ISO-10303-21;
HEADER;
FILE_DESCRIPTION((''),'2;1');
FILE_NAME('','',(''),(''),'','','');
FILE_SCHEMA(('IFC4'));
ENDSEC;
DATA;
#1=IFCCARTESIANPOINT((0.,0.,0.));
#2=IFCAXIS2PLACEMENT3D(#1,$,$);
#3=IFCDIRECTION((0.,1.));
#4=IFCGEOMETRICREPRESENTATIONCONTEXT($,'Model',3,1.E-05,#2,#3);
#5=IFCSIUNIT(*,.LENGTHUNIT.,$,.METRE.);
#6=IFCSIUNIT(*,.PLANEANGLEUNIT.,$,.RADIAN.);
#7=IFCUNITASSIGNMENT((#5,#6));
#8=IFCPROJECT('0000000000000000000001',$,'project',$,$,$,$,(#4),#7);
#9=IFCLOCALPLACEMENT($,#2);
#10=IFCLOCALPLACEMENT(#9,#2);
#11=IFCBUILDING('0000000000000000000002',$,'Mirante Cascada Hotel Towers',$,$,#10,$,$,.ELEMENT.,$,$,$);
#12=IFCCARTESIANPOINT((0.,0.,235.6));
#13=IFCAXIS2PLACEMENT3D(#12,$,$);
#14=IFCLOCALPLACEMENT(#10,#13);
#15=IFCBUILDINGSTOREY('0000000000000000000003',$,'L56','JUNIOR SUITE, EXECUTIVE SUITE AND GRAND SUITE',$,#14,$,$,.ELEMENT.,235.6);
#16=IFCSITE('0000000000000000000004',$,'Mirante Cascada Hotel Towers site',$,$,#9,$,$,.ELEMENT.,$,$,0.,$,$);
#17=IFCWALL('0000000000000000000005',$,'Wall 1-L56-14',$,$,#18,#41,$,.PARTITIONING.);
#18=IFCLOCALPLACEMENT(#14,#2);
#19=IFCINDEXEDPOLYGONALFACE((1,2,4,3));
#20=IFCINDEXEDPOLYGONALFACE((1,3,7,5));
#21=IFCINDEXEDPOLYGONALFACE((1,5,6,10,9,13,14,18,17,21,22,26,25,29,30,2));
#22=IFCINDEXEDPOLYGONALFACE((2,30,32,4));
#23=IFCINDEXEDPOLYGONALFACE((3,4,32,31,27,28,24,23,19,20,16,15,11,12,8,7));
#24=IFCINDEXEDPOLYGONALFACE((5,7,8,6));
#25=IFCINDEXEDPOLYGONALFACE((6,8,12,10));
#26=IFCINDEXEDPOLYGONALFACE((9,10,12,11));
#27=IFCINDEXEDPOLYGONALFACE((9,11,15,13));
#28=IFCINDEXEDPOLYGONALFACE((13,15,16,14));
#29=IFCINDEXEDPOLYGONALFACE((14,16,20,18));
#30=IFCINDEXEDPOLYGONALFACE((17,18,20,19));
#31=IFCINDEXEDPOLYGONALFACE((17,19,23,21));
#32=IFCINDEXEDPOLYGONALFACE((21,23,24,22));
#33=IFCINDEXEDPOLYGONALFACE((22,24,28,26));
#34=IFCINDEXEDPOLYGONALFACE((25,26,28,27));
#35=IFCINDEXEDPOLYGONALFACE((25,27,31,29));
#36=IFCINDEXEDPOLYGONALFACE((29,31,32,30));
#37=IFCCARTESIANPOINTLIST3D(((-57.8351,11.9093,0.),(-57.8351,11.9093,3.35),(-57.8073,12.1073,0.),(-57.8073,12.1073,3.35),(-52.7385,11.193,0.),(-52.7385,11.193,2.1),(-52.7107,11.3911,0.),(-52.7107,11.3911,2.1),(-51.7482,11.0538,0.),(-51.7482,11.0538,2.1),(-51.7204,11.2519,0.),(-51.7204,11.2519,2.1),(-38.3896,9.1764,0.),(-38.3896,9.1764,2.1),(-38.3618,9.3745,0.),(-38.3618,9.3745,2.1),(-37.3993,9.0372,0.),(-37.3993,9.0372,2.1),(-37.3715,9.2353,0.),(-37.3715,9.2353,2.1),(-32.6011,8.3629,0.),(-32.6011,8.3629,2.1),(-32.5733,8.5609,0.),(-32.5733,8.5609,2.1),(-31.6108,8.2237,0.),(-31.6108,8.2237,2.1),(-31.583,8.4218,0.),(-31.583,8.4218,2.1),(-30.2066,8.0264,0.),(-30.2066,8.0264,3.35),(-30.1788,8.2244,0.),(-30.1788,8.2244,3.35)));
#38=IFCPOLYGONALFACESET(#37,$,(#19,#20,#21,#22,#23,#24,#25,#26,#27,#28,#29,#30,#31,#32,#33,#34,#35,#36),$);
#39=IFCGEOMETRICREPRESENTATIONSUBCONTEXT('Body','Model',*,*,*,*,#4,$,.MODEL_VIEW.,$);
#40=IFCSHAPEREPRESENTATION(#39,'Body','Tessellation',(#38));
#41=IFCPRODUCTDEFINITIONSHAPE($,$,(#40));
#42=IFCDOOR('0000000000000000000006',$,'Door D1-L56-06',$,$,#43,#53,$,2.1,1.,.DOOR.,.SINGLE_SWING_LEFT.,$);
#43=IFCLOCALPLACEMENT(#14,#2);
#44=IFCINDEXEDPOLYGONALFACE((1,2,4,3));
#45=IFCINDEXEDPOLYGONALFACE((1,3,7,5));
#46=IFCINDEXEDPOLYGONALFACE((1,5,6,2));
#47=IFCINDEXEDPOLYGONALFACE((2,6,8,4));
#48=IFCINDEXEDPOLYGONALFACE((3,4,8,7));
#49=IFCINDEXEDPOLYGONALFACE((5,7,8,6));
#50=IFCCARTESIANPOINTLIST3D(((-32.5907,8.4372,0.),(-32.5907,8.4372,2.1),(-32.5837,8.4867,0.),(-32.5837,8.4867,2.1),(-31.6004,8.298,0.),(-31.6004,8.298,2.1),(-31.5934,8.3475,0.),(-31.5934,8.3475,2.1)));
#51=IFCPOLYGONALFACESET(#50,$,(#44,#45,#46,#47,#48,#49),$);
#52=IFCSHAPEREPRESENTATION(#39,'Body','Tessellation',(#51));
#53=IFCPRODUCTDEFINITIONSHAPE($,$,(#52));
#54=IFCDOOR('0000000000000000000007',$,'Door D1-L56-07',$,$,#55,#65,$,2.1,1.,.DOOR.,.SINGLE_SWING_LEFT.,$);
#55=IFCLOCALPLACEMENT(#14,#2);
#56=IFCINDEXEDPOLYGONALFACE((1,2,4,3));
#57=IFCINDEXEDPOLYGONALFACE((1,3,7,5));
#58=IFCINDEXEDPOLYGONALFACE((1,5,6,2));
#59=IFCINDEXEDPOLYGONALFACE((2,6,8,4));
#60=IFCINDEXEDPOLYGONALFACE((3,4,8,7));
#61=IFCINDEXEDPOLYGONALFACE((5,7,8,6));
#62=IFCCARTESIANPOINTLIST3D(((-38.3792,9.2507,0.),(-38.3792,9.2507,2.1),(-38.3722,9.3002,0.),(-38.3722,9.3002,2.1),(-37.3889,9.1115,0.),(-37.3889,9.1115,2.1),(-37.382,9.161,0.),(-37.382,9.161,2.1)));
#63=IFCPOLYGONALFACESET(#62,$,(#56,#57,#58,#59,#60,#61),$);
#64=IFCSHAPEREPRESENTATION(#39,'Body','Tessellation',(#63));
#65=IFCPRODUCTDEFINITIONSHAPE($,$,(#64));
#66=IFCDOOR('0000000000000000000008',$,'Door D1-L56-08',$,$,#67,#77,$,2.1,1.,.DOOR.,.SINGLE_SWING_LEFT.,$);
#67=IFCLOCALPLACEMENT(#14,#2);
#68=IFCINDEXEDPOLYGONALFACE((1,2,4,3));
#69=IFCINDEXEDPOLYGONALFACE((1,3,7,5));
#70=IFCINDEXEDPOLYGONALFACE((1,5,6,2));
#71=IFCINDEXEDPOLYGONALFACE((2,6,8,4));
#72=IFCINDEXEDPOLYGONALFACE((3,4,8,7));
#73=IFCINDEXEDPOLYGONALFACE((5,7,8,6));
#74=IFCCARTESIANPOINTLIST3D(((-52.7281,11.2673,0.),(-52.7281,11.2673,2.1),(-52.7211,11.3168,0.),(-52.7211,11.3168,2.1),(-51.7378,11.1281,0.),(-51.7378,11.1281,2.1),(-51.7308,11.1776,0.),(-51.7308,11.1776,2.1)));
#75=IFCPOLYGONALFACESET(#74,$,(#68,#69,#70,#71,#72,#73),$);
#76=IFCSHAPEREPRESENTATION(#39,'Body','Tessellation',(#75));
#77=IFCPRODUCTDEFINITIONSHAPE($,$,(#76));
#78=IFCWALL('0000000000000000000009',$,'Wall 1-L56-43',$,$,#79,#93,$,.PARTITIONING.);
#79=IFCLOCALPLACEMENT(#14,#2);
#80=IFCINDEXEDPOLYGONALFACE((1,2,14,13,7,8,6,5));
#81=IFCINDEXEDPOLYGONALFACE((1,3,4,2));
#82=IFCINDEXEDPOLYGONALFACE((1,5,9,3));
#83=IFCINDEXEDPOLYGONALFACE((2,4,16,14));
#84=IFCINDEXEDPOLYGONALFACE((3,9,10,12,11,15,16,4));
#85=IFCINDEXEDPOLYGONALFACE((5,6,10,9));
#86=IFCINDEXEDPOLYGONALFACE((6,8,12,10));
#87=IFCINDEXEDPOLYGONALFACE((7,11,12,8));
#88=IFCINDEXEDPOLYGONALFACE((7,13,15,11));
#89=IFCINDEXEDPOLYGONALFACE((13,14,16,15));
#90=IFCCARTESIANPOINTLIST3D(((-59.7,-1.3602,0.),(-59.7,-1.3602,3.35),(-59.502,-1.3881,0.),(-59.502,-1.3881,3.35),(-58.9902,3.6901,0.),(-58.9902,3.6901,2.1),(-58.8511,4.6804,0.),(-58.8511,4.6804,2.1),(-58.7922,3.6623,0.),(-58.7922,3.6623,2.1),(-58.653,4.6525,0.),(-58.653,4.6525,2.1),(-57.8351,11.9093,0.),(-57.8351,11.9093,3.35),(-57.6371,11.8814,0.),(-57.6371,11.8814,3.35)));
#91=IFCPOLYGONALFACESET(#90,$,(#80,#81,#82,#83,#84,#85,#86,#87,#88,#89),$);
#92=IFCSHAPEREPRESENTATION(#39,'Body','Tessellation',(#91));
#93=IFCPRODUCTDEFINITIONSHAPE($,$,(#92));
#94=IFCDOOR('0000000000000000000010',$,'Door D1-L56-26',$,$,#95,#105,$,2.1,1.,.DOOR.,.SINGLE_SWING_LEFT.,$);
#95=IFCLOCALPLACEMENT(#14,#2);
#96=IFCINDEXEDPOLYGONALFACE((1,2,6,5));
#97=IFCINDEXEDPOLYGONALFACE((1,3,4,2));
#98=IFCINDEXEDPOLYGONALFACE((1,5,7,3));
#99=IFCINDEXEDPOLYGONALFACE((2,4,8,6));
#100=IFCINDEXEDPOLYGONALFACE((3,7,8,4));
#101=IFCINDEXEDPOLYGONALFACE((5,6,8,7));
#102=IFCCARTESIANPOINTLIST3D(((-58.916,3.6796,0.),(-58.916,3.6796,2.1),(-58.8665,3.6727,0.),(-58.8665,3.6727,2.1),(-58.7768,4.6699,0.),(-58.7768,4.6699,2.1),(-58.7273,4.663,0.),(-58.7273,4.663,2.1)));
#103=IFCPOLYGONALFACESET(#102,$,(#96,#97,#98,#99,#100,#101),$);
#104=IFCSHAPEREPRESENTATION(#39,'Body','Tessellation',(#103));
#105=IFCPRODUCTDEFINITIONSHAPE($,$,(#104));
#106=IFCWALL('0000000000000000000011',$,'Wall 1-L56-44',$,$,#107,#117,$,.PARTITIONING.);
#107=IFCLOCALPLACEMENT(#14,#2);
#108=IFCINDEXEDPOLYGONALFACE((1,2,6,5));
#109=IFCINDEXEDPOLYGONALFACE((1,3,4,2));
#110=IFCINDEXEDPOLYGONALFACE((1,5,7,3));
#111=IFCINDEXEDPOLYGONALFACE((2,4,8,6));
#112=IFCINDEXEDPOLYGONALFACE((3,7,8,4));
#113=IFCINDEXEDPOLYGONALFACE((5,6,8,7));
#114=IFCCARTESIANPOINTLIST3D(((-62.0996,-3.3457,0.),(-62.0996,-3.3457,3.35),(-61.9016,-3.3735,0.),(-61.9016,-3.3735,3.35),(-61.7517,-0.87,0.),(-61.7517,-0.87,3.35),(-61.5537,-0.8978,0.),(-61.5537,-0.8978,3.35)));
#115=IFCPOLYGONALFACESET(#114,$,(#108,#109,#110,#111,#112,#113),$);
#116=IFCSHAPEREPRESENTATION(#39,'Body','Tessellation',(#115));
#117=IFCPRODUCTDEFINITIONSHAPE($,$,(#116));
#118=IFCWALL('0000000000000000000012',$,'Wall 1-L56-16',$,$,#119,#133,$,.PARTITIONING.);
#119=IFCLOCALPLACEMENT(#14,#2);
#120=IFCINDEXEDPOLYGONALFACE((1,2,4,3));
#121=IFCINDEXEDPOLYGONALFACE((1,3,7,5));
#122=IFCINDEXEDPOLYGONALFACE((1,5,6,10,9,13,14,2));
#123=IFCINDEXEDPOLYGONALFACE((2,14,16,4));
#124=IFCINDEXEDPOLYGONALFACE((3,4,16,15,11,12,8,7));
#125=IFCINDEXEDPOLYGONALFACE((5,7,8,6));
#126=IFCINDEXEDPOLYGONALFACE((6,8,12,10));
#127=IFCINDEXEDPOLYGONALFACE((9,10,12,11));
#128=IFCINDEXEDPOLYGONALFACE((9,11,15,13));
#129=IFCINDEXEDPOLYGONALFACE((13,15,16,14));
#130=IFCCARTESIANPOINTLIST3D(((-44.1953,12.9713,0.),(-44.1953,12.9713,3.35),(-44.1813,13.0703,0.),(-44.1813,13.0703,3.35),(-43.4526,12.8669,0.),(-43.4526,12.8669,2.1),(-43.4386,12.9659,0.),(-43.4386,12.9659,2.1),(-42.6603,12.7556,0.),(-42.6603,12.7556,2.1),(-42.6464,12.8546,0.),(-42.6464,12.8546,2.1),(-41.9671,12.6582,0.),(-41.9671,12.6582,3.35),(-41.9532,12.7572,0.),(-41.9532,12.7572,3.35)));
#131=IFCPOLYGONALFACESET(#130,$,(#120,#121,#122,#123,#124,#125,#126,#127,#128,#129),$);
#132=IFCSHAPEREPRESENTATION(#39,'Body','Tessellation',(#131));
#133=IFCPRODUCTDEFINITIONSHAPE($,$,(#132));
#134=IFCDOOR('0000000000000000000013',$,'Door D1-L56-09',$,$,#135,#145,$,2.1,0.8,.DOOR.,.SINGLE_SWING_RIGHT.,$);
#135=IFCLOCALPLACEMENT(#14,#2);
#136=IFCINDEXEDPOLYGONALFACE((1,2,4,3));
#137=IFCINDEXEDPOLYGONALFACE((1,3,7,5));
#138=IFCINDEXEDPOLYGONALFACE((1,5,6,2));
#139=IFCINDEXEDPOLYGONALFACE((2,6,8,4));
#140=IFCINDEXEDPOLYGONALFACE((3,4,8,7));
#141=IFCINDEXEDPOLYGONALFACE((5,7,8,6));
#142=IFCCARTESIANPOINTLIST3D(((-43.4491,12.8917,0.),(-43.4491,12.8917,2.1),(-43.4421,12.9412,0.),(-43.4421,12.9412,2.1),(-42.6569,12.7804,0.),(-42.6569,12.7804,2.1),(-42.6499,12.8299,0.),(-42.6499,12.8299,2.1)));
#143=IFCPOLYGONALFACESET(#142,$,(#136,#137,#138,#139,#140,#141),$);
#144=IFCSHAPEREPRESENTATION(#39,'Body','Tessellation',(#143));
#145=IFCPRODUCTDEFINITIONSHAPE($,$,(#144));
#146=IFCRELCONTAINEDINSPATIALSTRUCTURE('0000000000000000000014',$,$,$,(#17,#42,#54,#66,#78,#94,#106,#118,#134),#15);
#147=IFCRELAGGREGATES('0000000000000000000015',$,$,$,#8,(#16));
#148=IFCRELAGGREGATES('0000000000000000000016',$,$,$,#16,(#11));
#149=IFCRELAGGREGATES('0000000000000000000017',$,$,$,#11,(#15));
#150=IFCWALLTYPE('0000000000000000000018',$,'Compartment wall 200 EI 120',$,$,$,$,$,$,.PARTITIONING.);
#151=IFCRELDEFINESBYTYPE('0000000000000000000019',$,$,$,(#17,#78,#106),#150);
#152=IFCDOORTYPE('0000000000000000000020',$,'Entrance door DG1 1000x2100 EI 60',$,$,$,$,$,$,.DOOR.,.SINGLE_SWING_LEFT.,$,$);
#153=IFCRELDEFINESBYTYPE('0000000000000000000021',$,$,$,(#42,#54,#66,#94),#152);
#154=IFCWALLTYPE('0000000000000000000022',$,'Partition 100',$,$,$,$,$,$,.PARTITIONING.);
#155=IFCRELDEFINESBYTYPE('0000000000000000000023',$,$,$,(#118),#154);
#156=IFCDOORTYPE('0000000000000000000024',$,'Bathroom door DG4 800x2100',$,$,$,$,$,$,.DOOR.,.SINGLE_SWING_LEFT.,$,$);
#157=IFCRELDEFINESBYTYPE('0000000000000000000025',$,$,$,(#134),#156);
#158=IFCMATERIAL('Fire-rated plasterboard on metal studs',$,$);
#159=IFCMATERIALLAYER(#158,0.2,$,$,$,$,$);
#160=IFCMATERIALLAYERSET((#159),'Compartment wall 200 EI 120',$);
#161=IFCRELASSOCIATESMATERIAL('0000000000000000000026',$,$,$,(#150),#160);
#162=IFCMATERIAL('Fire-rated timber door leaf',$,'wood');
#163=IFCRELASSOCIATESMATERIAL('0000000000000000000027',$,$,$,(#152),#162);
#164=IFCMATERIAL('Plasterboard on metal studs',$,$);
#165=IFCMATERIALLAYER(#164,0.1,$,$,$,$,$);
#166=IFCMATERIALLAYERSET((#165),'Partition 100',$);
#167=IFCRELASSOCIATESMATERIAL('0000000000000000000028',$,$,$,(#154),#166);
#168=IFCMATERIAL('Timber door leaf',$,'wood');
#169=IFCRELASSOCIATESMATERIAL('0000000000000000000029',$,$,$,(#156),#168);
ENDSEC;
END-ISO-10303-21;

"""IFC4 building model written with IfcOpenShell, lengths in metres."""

from ifc_helpers import new_model, si_unit, direction, frame, frame_2d, origin, place, context, subcontext, project, spatial, rectangle, extrude, material, layer, layer_set, type_object, element, fill, save


model = new_model("IFC4")

# Units and contexts
model_context = context("Model", 3, precision=1e-05, world=origin(), true_north=direction((0.0, 1.0)))
body_context = subcontext(model_context, "Body", "Model", "MODEL_VIEW")
ifc_project = project(units=[si_unit("LENGTHUNIT", "METRE"), si_unit("PLANEANGLEUNIT", "RADIAN")], contexts=[model_context])

# Site, building, storey
site_placement = place(None, origin())
site = spatial("IfcSite", under=ifc_project, at=site_placement, Name="Mirante Cascada Hotel Towers site", CompositionType="ELEMENT", RefElevation=0.0)
building_placement = place(site_placement, origin())
building = spatial("IfcBuilding", under=site, at=building_placement, Name="Mirante Cascada Hotel Towers", CompositionType="ELEMENT")
storey_placement = place(building_placement, frame((0.0, 0.0, 235.6)))
storey = spatial("IfcBuildingStorey", under=building, at=storey_placement, Name="L56", Description="JUNIOR SUITE, EXECUTIVE SUITE AND GRAND SUITE", CompositionType="ELEMENT", Elevation=235.6)

# Shared definitions
ifc_material_1 = material(Name="Fire-rated plasterboard on metal studs")
ifc_layer_1 = layer(ifc_material_1, 0.2)
ifc_layer_set_1 = layer_set([ifc_layer_1], Name="Compartment wall 200 EI 120")
wall_type_1 = type_object("IfcWallType", Name="Compartment wall 200 EI 120", PredefinedType="PARTITIONING", material=ifc_layer_set_1)

# Wall, openings, doors
wall_1_placement = place(storey_placement, frame((-57.8212, 12.0083, 0.0), z_axis=(0.0, 0.0, 1.0), x_axis=(0.990268, -0.139172, 0.0)))
wall_1 = element("IfcWall", 1, at=wall_1_placement, inside=storey, type_object=wall_type_1, Name="Wall 1-L56-14", PredefinedType="PARTITIONING", context=body_context, shape_type="SweptSolid", body=[
    extrude(rectangle(XDim=27.9, YDim=0.2, at=frame_2d((13.95, 0.0))), origin(), (0.0, 0.0, 1.0), 3.35),
])
opening_1_placement = place(wall_1_placement, frame((25.482, 0.0, 0.0)))
opening_1 = element("IfcOpeningElement", 2, at=opening_1_placement, cuts=wall_1, PredefinedType="OPENING", context=body_context, shape_type="SweptSolid", body=[
    extrude(rectangle(XDim=1.0, YDim=2.1, at=frame_2d((0.5, 1.05))), frame((0.0, 0.1, 0.0), z_axis=(0.0, -1.0, 0.0), x_axis=(1.0, 0.0, 0.0)), (0.0, 0.0, 1.0), 0.2),
])
opening_2_placement = place(wall_1_placement, frame((19.6366, 0.0, 0.0)))
opening_2 = element("IfcOpeningElement", 3, at=opening_2_placement, cuts=wall_1, PredefinedType="OPENING", context=body_context, shape_type="SweptSolid", body=[
    extrude(rectangle(XDim=1.0, YDim=2.1, at=frame_2d((0.5, 1.05))), frame((0.0, 0.1, 0.0), z_axis=(0.0, -1.0, 0.0), x_axis=(1.0, 0.0, 0.0)), (0.0, 0.0, 1.0), 0.2),
])
opening_3_placement = place(wall_1_placement, frame((5.1467, 0.0, 0.0)))
opening_3 = element("IfcOpeningElement", 4, at=opening_3_placement, cuts=wall_1, PredefinedType="OPENING", context=body_context, shape_type="SweptSolid", body=[
    extrude(rectangle(XDim=1.0, YDim=2.1, at=frame_2d((0.5, 1.05))), frame((0.0, 0.1, 0.0), z_axis=(0.0, -1.0, 0.0), x_axis=(1.0, 0.0, 0.0)), (0.0, 0.0, 1.0), 0.2),
])
ifc_material_2 = material(Name="Fire-rated timber door leaf", Category="wood")
door_type_1 = type_object("IfcDoorType", Name="Entrance door DG1 1000x2100 EI 60", OperationType="SINGLE_SWING_LEFT", PredefinedType="DOOR", material=ifc_material_2)
door_1_placement = place(opening_1_placement, origin())
door_1 = element("IfcDoor", 5, at=door_1_placement, inside=storey, type_object=door_type_1, Name="Door D1-L56-06", OperationType="SINGLE_SWING_LEFT", OverallHeight=2.1, OverallWidth=1.0, PredefinedType="DOOR", context=body_context, shape_type="SweptSolid", body=[
    extrude(rectangle(XDim=1.0, YDim=2.1, at=frame_2d((0.5, 1.05))), frame((0.0, 0.025, 0.0), z_axis=(0.0, -1.0, 0.0), x_axis=(1.0, 0.0, 0.0)), (0.0, 0.0, 1.0), 0.05),
])
fill(opening_1, door_1)
door_2_placement = place(opening_2_placement, origin())
door_2 = element("IfcDoor", 6, at=door_2_placement, inside=storey, type_object=door_type_1, Name="Door D1-L56-07", OperationType="SINGLE_SWING_LEFT", OverallHeight=2.1, OverallWidth=1.0, PredefinedType="DOOR", context=body_context, shape_type="SweptSolid", body=[
    extrude(rectangle(XDim=1.0, YDim=2.1, at=frame_2d((0.5, 1.05))), frame((0.0, 0.025, 0.0), z_axis=(0.0, -1.0, 0.0), x_axis=(1.0, 0.0, 0.0)), (0.0, 0.0, 1.0), 0.05),
])
fill(opening_2, door_2)
door_3_placement = place(opening_3_placement, origin())
door_3 = element("IfcDoor", 7, at=door_3_placement, inside=storey, type_object=door_type_1, Name="Door D1-L56-08", OperationType="SINGLE_SWING_LEFT", OverallHeight=2.1, OverallWidth=1.0, PredefinedType="DOOR", context=body_context, shape_type="SweptSolid", body=[
    extrude(rectangle(XDim=1.0, YDim=2.1, at=frame_2d((0.5, 1.05))), frame((0.0, 0.025, 0.0), z_axis=(0.0, -1.0, 0.0), x_axis=(1.0, 0.0, 0.0)), (0.0, 0.0, 1.0), 0.05),
])
fill(opening_3, door_3)

# Wall, opening, door
wall_2_placement = place(storey_placement, frame((-59.601, -1.3742, 0.0), z_axis=(0.0, 0.0, 1.0), x_axis=(0.139173, 0.990268, 0.0)))
wall_2 = element("IfcWall", 8, at=wall_2_placement, inside=storey, type_object=wall_type_1, Name="Wall 1-L56-43", PredefinedType="PARTITIONING", context=body_context, shape_type="SweptSolid", body=[
    extrude(rectangle(XDim=13.3999, YDim=0.2, at=frame_2d((6.7, 0.0))), origin(), (0.0, 0.0, 1.0), 3.35),
])
opening_4_placement = place(wall_2_placement, frame((5.1, 0.0, 0.0)))
opening_4 = element("IfcOpeningElement", 9, at=opening_4_placement, cuts=wall_2, PredefinedType="OPENING", context=body_context, shape_type="SweptSolid", body=[
    extrude(rectangle(XDim=1.0, YDim=2.1, at=frame_2d((0.5, 1.05))), frame((0.0, 0.1, 0.0), z_axis=(0.0, -1.0, 0.0), x_axis=(1.0, 0.0, 0.0)), (0.0, 0.0, 1.0), 0.2),
])
door_4_placement = place(opening_4_placement, origin())
door_4 = element("IfcDoor", 10, at=door_4_placement, inside=storey, type_object=door_type_1, Name="Door D1-L56-26", OperationType="SINGLE_SWING_LEFT", OverallHeight=2.1, OverallWidth=1.0, PredefinedType="DOOR", context=body_context, shape_type="SweptSolid", body=[
    extrude(rectangle(XDim=1.0, YDim=2.1, at=frame_2d((0.5, 1.05))), frame((0.0, 0.025, 0.0), z_axis=(0.0, -1.0, 0.0), x_axis=(1.0, 0.0, 0.0)), (0.0, 0.0, 1.0), 0.05),
])
fill(opening_4, door_4)

# Wall
wall_3_placement = place(storey_placement, frame((-61.6527, -0.8839, 0.0), z_axis=(0.0, 0.0, 1.0), x_axis=(-0.139159, -0.99027, 0.0)))
element("IfcWall", 11, at=wall_3_placement, inside=storey, type_object=wall_type_1, Name="Wall 1-L56-44", PredefinedType="PARTITIONING", context=body_context, shape_type="SweptSolid", body=[
    extrude(rectangle(XDim=2.5, YDim=0.2, at=frame_2d((1.25, 0.0))), origin(), (0.0, 0.0, 1.0), 3.35),
])

# Wall, opening, door
ifc_material_3 = material(Name="Plasterboard on metal studs")
ifc_layer_2 = layer(ifc_material_3, 0.1)
ifc_layer_set_2 = layer_set([ifc_layer_2], Name="Partition 100")
wall_type_2 = type_object("IfcWallType", Name="Partition 100", PredefinedType="PARTITIONING", material=ifc_layer_set_2)
wall_4_placement = place(storey_placement, frame((-44.1883, 13.0208, 0.0), z_axis=(0.0, 0.0, 1.0), x_axis=(0.990271, -0.139156, 0.0)))
wall_4 = element("IfcWall", 12, at=wall_4_placement, inside=storey, type_object=wall_type_2, Name="Wall 1-L56-16", PredefinedType="PARTITIONING", context=body_context, shape_type="SweptSolid", body=[
    extrude(rectangle(XDim=2.25, YDim=0.1, at=frame_2d((1.125, 0.0))), origin(), (0.0, 0.0, 1.0), 3.35),
])
opening_5_placement = place(wall_4_placement, frame((0.75, 0.0, 0.0)))
opening_5 = element("IfcOpeningElement", 13, at=opening_5_placement, cuts=wall_4, PredefinedType="OPENING", context=body_context, shape_type="SweptSolid", body=[
    extrude(rectangle(XDim=0.8, YDim=2.1, at=frame_2d((0.4, 1.05))), frame((0.0, 0.05, 0.0), z_axis=(0.0, -1.0, 0.0), x_axis=(1.0, 0.0, 0.0)), (0.0, 0.0, 1.0), 0.1),
])
ifc_material_4 = material(Name="Timber door leaf", Category="wood")
door_type_2 = type_object("IfcDoorType", Name="Bathroom door DG4 800x2100", OperationType="SINGLE_SWING_LEFT", PredefinedType="DOOR", material=ifc_material_4)
door_5_placement = place(opening_5_placement, frame((0.8, 0.0, 0.0), z_axis=(0.0, 0.0, 1.0), x_axis=(-1.0, 0.0, 0.0)))
door_5 = element("IfcDoor", 14, at=door_5_placement, inside=storey, type_object=door_type_2, Name="Door D1-L56-09", OperationType="SINGLE_SWING_RIGHT", OverallHeight=2.1, OverallWidth=0.8, PredefinedType="DOOR", context=body_context, shape_type="SweptSolid", body=[
    extrude(rectangle(XDim=0.8, YDim=2.1, at=frame_2d((0.4, 1.05))), frame((0.0, 0.025, 0.0), z_axis=(0.0, -1.0, 0.0), x_axis=(1.0, 0.0, 0.0)), (0.0, 0.0, 1.0), 0.05),
])
fill(opening_5, door_5)

save(model, "model.ifc")
